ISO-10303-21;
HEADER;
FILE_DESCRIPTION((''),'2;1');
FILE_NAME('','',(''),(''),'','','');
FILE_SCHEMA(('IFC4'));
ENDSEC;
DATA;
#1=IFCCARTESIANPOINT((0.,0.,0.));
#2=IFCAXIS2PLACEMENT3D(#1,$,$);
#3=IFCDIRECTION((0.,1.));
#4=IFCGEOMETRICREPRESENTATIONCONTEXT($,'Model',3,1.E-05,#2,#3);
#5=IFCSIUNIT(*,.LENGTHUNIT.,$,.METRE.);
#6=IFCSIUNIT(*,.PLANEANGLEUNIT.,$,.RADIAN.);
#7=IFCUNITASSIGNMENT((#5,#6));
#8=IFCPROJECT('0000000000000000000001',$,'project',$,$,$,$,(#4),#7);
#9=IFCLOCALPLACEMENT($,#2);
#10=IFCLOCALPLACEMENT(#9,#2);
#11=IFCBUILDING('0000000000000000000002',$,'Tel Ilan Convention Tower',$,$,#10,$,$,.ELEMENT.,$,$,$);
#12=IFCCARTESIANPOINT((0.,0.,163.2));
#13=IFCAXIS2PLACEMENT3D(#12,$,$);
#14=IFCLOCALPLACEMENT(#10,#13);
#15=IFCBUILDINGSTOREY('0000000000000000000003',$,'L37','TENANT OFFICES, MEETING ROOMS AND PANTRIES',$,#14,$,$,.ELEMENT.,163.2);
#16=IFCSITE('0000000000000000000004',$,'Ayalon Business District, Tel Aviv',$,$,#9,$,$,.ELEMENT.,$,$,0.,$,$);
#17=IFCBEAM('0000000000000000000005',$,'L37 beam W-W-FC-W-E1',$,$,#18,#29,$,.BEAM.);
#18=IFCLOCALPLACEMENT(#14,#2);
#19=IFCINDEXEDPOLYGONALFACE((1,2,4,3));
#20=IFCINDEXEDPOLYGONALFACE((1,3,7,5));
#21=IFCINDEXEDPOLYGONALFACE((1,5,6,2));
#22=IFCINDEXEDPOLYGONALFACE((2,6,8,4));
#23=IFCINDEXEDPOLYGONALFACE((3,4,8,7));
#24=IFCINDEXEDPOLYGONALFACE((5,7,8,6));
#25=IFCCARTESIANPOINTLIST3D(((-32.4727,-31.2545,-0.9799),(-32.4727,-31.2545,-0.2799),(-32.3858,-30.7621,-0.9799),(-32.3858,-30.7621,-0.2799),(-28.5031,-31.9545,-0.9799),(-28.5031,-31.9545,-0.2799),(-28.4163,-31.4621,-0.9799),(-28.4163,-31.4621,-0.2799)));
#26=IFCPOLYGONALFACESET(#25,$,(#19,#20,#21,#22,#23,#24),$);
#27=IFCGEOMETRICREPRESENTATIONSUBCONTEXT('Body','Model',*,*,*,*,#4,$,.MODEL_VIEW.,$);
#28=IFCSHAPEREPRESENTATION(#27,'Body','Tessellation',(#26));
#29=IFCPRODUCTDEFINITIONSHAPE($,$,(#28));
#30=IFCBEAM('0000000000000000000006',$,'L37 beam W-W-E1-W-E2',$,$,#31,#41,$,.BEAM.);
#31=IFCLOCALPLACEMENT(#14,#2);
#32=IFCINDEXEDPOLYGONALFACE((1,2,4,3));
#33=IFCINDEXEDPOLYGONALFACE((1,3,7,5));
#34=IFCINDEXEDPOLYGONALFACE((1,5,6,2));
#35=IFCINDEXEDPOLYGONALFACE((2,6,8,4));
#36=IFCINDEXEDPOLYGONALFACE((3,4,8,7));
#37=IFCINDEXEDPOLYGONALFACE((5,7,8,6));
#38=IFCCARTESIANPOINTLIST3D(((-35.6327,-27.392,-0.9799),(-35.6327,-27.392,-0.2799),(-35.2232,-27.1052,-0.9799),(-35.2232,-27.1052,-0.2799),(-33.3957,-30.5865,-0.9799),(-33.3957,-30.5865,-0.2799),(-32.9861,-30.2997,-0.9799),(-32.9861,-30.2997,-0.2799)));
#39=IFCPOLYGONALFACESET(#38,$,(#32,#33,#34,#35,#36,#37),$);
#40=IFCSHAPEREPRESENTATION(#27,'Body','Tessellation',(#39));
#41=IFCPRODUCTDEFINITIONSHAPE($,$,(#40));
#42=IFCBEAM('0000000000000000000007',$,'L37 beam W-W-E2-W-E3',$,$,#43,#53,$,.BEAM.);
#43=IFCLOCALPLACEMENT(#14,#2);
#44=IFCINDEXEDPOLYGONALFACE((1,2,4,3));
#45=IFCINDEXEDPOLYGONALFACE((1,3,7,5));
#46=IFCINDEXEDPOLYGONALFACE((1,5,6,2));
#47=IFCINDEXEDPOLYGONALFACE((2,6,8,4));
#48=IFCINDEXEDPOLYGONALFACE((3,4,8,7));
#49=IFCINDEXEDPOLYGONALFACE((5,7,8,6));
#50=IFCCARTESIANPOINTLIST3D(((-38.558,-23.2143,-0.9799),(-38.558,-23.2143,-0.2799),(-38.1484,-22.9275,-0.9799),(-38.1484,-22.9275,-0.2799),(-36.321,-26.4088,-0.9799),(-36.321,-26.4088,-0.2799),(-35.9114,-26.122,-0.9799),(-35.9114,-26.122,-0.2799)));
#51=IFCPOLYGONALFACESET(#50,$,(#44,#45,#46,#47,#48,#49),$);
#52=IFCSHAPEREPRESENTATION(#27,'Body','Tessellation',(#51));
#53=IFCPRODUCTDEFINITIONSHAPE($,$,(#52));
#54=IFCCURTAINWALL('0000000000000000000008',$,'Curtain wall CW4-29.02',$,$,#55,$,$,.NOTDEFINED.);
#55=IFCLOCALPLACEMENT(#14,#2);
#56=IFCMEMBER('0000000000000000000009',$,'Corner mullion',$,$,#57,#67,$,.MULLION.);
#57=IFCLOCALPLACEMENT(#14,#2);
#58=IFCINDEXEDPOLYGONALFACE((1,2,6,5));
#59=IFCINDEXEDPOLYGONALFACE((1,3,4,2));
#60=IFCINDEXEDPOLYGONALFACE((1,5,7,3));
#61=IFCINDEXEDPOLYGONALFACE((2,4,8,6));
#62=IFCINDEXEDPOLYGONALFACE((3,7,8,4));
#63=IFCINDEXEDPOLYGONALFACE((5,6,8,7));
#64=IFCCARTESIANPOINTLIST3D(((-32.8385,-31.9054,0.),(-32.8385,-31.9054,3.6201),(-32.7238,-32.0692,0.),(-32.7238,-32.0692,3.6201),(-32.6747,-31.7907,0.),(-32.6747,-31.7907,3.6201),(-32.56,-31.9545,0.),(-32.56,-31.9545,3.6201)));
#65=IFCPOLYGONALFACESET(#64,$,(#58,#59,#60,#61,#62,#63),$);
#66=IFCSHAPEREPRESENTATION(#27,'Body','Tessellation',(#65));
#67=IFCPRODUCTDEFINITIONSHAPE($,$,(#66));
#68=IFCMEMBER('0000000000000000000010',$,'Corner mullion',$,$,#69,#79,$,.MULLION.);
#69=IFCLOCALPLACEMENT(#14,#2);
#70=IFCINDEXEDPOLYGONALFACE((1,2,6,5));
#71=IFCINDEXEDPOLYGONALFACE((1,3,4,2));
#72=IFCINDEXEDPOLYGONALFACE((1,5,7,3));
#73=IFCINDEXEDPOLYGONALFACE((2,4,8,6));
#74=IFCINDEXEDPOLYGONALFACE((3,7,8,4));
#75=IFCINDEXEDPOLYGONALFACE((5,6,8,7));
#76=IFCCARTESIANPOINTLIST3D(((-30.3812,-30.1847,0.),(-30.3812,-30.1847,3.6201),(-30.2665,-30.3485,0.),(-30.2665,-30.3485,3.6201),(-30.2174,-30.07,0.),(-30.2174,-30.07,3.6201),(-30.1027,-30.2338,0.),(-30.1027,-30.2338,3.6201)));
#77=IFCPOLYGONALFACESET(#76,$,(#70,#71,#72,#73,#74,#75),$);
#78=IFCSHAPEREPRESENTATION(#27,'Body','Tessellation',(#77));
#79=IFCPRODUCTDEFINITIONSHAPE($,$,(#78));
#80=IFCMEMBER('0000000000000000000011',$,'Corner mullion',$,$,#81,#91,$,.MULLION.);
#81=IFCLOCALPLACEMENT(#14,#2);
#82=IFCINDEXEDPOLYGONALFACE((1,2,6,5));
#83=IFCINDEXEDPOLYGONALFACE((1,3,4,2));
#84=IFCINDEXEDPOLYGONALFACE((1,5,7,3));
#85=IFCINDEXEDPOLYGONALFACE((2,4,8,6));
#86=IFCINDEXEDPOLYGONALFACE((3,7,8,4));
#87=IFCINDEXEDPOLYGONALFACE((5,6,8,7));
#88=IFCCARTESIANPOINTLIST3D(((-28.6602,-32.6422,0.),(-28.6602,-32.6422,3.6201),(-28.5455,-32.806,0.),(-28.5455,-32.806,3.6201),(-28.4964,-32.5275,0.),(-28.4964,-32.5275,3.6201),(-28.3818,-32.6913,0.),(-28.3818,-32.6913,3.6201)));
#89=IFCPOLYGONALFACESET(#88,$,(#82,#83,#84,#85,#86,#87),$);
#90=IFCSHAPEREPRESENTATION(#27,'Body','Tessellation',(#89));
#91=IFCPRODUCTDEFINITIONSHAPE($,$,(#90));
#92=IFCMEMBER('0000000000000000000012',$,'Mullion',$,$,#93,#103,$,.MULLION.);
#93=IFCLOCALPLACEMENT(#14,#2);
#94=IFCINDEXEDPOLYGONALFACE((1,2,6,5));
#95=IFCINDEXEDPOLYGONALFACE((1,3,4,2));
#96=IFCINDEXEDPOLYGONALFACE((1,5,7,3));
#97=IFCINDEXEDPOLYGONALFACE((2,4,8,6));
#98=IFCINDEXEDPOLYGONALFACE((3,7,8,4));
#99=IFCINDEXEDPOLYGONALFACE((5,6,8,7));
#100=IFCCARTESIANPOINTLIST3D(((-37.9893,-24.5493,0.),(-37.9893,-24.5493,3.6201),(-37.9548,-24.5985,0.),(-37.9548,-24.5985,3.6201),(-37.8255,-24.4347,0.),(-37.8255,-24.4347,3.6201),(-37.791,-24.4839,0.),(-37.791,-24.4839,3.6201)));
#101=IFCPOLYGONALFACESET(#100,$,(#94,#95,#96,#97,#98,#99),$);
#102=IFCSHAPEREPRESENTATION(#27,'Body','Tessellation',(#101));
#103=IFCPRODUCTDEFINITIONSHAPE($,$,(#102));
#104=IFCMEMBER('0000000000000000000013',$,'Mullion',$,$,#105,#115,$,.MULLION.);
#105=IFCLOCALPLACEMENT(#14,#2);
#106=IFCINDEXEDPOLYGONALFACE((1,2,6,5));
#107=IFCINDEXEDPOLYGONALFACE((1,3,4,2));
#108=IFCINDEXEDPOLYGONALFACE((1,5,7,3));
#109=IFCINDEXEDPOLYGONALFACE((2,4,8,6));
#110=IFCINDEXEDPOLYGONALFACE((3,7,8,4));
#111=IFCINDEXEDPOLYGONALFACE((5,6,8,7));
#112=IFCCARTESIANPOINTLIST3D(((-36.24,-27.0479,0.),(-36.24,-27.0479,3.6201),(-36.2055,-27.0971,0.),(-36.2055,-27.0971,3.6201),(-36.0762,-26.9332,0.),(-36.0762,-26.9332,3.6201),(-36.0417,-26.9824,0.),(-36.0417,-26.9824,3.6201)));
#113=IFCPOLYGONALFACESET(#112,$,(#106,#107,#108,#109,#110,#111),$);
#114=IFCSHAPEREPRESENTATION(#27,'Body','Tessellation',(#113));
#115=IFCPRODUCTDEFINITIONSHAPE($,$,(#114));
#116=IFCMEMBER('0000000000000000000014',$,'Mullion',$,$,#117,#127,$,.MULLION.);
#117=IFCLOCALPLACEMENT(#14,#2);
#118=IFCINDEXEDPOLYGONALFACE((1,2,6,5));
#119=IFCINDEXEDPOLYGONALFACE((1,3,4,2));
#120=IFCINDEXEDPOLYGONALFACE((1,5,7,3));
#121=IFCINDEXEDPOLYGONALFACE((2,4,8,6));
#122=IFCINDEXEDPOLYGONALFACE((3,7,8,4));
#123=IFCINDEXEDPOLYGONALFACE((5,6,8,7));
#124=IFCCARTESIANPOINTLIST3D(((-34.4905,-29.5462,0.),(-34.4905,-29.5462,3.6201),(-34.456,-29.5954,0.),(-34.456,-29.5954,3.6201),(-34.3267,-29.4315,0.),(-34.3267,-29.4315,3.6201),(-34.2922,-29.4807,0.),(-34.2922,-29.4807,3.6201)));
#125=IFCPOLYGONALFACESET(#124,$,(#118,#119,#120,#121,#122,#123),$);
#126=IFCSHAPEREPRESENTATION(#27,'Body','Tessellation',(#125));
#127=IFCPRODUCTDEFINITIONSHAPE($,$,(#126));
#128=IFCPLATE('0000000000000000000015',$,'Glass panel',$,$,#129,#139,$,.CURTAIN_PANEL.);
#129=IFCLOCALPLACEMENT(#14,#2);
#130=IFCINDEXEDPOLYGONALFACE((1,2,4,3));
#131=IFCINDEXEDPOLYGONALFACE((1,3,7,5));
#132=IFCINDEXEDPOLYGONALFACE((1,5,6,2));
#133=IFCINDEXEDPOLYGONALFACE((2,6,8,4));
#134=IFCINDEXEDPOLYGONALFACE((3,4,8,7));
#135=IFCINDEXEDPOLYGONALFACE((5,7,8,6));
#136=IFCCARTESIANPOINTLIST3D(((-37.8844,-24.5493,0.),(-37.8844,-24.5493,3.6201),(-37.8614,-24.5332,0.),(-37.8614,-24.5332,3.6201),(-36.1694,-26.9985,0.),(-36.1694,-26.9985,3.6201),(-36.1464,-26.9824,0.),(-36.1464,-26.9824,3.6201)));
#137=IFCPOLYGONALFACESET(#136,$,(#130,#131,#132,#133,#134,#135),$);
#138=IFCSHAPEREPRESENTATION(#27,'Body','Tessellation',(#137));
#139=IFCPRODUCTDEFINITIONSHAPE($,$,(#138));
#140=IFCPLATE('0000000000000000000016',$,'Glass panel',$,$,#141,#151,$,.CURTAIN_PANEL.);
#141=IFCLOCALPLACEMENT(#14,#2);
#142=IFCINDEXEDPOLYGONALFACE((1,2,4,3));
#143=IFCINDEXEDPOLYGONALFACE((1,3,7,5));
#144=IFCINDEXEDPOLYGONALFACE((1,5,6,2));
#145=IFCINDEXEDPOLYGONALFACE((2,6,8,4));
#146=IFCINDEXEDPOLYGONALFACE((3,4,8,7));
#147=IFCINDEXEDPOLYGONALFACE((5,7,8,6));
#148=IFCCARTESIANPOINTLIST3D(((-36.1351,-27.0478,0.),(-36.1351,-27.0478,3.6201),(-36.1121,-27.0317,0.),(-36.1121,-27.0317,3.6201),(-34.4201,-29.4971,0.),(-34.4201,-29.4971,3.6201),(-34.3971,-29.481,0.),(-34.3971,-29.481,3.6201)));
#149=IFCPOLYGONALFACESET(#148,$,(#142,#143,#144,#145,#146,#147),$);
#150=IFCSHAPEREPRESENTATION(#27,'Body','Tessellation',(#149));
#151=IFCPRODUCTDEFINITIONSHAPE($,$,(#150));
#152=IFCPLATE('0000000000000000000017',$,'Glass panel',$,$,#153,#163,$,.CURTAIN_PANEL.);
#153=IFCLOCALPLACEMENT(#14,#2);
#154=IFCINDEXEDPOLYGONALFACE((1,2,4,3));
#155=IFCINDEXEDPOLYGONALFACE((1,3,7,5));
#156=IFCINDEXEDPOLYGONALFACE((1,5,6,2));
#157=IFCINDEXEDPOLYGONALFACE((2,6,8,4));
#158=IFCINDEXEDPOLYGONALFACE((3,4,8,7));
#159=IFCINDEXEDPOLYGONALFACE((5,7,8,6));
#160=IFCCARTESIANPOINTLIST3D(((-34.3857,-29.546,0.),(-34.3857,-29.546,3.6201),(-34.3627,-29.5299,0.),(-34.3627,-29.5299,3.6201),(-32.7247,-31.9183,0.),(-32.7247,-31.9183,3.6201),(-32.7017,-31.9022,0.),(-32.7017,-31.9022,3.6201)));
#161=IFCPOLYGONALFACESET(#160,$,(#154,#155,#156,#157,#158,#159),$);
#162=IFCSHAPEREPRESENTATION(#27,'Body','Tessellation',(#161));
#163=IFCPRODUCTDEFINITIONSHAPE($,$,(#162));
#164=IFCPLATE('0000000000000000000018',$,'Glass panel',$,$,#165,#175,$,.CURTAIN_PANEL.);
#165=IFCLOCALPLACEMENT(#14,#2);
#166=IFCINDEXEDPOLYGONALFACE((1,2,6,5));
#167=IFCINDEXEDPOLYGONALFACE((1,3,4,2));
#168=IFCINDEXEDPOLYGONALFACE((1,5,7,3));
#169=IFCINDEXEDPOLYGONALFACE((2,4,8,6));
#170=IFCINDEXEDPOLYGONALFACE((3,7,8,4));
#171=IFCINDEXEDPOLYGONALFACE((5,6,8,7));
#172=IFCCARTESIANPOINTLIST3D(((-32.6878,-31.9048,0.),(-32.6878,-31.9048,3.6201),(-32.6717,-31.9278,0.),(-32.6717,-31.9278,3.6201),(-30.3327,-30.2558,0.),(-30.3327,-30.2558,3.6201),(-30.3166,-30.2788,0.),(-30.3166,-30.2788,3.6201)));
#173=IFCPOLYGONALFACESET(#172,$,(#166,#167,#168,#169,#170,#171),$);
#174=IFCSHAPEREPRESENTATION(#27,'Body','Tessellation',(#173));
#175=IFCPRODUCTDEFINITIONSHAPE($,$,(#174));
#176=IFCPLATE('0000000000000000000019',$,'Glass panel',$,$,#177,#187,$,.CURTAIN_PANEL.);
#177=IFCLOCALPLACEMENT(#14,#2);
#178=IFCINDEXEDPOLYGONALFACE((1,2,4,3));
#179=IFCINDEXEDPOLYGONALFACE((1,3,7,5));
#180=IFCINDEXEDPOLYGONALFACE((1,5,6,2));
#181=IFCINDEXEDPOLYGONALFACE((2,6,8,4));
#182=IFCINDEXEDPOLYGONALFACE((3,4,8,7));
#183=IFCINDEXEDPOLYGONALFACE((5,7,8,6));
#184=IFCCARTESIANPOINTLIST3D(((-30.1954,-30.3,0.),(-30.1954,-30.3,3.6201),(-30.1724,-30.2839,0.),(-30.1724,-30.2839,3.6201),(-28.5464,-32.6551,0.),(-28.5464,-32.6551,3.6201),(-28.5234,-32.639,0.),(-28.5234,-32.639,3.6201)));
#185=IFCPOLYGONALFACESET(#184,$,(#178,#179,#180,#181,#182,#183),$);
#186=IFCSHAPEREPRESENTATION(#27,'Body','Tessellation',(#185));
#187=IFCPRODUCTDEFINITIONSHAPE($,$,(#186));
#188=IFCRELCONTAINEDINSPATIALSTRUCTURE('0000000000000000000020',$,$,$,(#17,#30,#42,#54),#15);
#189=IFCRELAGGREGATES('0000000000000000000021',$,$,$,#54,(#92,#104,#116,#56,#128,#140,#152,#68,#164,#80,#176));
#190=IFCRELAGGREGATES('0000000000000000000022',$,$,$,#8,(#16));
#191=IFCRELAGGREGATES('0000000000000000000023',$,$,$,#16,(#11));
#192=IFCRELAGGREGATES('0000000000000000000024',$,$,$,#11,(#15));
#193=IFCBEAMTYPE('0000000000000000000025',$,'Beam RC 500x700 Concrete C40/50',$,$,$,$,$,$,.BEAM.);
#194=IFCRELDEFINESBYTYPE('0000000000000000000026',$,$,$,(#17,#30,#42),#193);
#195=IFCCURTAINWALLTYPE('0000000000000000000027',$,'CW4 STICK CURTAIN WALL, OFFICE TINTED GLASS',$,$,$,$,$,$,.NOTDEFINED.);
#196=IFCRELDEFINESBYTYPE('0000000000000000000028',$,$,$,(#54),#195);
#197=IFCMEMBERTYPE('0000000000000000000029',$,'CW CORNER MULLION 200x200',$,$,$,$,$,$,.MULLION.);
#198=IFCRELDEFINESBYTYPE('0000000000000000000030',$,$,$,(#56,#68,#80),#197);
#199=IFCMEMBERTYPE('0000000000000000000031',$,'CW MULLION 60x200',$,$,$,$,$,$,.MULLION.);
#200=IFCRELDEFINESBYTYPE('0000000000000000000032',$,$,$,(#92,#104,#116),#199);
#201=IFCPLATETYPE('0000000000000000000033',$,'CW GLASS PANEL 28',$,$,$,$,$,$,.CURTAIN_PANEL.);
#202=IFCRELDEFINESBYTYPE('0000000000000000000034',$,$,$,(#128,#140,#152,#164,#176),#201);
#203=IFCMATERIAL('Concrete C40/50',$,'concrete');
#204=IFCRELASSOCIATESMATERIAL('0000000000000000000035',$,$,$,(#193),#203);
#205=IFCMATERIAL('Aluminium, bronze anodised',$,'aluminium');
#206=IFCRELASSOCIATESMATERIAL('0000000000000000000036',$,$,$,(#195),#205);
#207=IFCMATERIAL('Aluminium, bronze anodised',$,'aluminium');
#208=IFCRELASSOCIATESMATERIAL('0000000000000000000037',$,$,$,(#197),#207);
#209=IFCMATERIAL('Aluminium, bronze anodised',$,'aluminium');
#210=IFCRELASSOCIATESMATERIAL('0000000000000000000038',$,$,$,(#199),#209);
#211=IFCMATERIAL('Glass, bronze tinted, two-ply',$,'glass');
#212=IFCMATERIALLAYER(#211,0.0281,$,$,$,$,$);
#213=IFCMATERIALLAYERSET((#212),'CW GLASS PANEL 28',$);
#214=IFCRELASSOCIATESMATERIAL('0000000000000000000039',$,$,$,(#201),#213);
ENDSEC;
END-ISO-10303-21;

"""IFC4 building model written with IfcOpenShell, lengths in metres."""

from ifc_helpers import new_model, si_unit, direction, frame, origin, origin_2d, place, context, subcontext, project, spatial, rectangle, extrude, material, layer, layer_set, material_profile, profile_set, type_object, element, aggregate, save


model = new_model("IFC4")

# Units and contexts
model_context = context("Model", 3, precision=1e-05, world=origin(), true_north=direction((0.0, 1.0)))
body_context = subcontext(model_context, "Body", "Model", "MODEL_VIEW")
ifc_project = project(units=[si_unit("LENGTHUNIT", "METRE"), si_unit("PLANEANGLEUNIT", "RADIAN")], contexts=[model_context])

# Site, building, storey
site_placement = place(None, origin())
site = spatial("IfcSite", under=ifc_project, at=site_placement, Name="Ayalon Business District, Tel Aviv", CompositionType="ELEMENT", RefElevation=0.0)
building_placement = place(site_placement, origin())
building = spatial("IfcBuilding", under=site, at=building_placement, Name="Tel Ilan Convention Tower", CompositionType="ELEMENT")
storey_placement = place(building_placement, frame((0.0, 0.0, 163.2)))
storey = spatial("IfcBuildingStorey", under=building, at=storey_placement, Name="L37", Description="TENANT OFFICES, MEETING ROOMS AND PANTRIES", CompositionType="ELEMENT", Elevation=163.2)

# Beams
ifc_material_1 = material(Name="Concrete C40/50", Category="concrete")
ifc_material_profile_1 = material_profile(ifc_material_1, rectangle(XDim=0.5, YDim=0.7, at=origin_2d()), Name="RC 500x700")
ifc_profile_set_1 = profile_set([ifc_material_profile_1], Name="Concrete C40/50")
beam_type = type_object("IfcBeamType", Name="Beam RC 500x700 Concrete C40/50", PredefinedType="BEAM", material=ifc_profile_set_1)
beam_placement = place(storey_placement, frame((-28.4597, -31.7083, -0.6299), z_axis=(-0.984807, 0.173654, 0.0), x_axis=(-0.173654, -0.984807, 0.0)))
element("IfcBeam", 1, at=beam_placement, inside=storey, type_object=beam_type, Name="L37 beam W-W-FC-W-E1", PredefinedType="BEAM", context=body_context, shape_type="SweptSolid", body=[
    extrude(rectangle(XDim=0.5, YDim=0.7, at=origin_2d()), origin(), (0.0, 0.0, 1.0), 4.0308),
])
for number, where, z_axis, x_axis, name in (
    (2, (-33.1909, -30.4431, -0.6299), (-0.573609, 0.819129, 0.0), (-0.819129, -0.573609, 0.0), "L37 beam W-W-E1-W-E2"),
    (3, (-36.1162, -26.2654, -0.6299), (-0.573609, 0.819129, 0.0), (-0.819129, -0.573609, 0.0), "L37 beam W-W-E2-W-E3"),
):
    element("IfcBeam", number, at=place(storey_placement, frame(where, z_axis=z_axis, x_axis=x_axis)), inside=storey, type_object=beam_type, Name=name, PredefinedType="BEAM", context=body_context, shape_type="SweptSolid", body=[
        extrude(rectangle(XDim=0.5, YDim=0.7, at=origin_2d()), origin(), (0.0, 0.0, 1.0), 3.8999),
    ])

# Curtain wall, members, plates
ifc_material_2 = material(Name="Aluminium, bronze anodised", Category="aluminium")
curtain_wall_type = type_object("IfcCurtainWallType", Name="CW4 STICK CURTAIN WALL, OFFICE TINTED GLASS", PredefinedType="NOTDEFINED", material=ifc_material_2)
curtain_wall_placement = place(storey_placement, origin())
curtain_wall = element("IfcCurtainWall", 4, at=curtain_wall_placement, inside=storey, type_object=curtain_wall_type, Name="Curtain wall CW4-29.02", PredefinedType="NOTDEFINED")
ifc_material_3 = material(Name="Aluminium, bronze anodised", Category="aluminium")
ifc_material_profile_2 = material_profile(ifc_material_3, rectangle(XDim=0.2, YDim=0.2, at=origin_2d()), Name="CW CORNER MULLION 200x200")
ifc_profile_set_2 = profile_set([ifc_material_profile_2], Name="Aluminium, bronze anodised")
member_type_1 = type_object("IfcMemberType", Name="CW CORNER MULLION 200x200", PredefinedType="MULLION", material=ifc_profile_set_2)
member_1_placement = place(storey_placement, frame((-32.6992, -31.9299, 0.0), z_axis=(0.0, 0.0, 1.0), x_axis=(0.573576, -0.819152, 0.0)))
member_1 = element("IfcMember", 5, at=member_1_placement, type_object=member_type_1, Name="Corner mullion", PredefinedType="MULLION", context=body_context, shape_type="SweptSolid", body=[
    extrude(rectangle(XDim=0.2, YDim=0.2, at=origin_2d()), origin(), (0.0, 0.0, 1.0), 3.6201),
])
member_2_placement = place(storey_placement, frame((-30.2419, -30.2092, 0.0), z_axis=(0.0, 0.0, 1.0), x_axis=(0.819152, 0.573576, 0.0)))
member_2 = element("IfcMember", 6, at=member_2_placement, type_object=member_type_1, Name="Corner mullion", PredefinedType="MULLION", context=body_context, shape_type="SweptSolid", body=[
    extrude(rectangle(XDim=0.2, YDim=0.2, at=origin_2d()), origin(), (0.0, 0.0, 1.0), 3.6201),
])
member_3_placement = place(storey_placement, frame((-28.521, -32.6667, 0.0), z_axis=(0.0, 0.0, 1.0), x_axis=(0.573576, -0.819152, 0.0)))
member_3 = element("IfcMember", 7, at=member_3_placement, type_object=member_type_1, Name="Corner mullion", PredefinedType="MULLION", context=body_context, shape_type="SweptSolid", body=[
    extrude(rectangle(XDim=0.2, YDim=0.2, at=origin_2d()), origin(), (0.0, 0.0, 1.0), 3.6201),
])
ifc_material_4 = material(Name="Aluminium, bronze anodised", Category="aluminium")
ifc_material_profile_3 = material_profile(ifc_material_4, rectangle(XDim=0.0601, YDim=0.2, at=origin_2d()), Name="CW MULLION 60x200")
ifc_profile_set_3 = profile_set([ifc_material_profile_3], Name="Aluminium, bronze anodised")
member_type_2 = type_object("IfcMemberType", Name="CW MULLION 60x200", PredefinedType="MULLION", material=ifc_profile_set_3)
member_4_placement = place(storey_placement, frame((-37.8901, -24.5166, 0.0), z_axis=(0.0, 0.0, 1.0), x_axis=(0.573576, -0.819152, 0.0)))
member_4 = element("IfcMember", 8, at=member_4_placement, type_object=member_type_2, Name="Mullion", PredefinedType="MULLION", context=body_context, shape_type="SweptSolid", body=[
    extrude(rectangle(XDim=0.0601, YDim=0.2, at=origin_2d()), origin(), (0.0, 0.0, 1.0), 3.6201),
])
member_5_placement = place(storey_placement, frame((-36.1409, -27.0151, 0.0), z_axis=(0.0, 0.0, 1.0), x_axis=(0.573576, -0.819152, 0.0)))
member_5 = element("IfcMember", 9, at=member_5_placement, type_object=member_type_2, Name="Mullion", PredefinedType="MULLION", context=body_context, shape_type="SweptSolid", body=[
    extrude(rectangle(XDim=0.0601, YDim=0.2, at=origin_2d()), origin(), (0.0, 0.0, 1.0), 3.6201),
])
member_6_placement = place(storey_placement, frame((-34.3914, -29.5134, 0.0), z_axis=(0.0, 0.0, 1.0), x_axis=(0.573576, -0.819152, 0.0)))
member_6 = element("IfcMember", 10, at=member_6_placement, type_object=member_type_2, Name="Mullion", PredefinedType="MULLION", context=body_context, shape_type="SweptSolid", body=[
    extrude(rectangle(XDim=0.0601, YDim=0.2, at=origin_2d()), origin(), (0.0, 0.0, 1.0), 3.6201),
])
ifc_material_5 = material(Name="Glass, bronze tinted, two-ply", Category="glass")
ifc_layer_1 = layer(ifc_material_5, 0.0281)
ifc_layer_set_1 = layer_set([ifc_layer_1], Name="CW GLASS PANEL 28")
plate_type = type_object("IfcPlateType", Name="CW GLASS PANEL 28", PredefinedType="CURTAIN_PANEL", material=ifc_layer_set_1)
plate_1_placement = place(storey_placement, frame((-37.0154, -25.7659, 0.0), z_axis=(0.0, 0.0, 1.0), x_axis=(0.573576, -0.819152, 0.0)))
plate_1 = element("IfcPlate", 11, at=plate_1_placement, type_object=plate_type, Name="Glass panel", PredefinedType="CURTAIN_PANEL", context=body_context, shape_type="SweptSolid", body=[
    extrude(rectangle(XDim=2.99, YDim=0.0281, at=origin_2d()), origin(), (0.0, 0.0, 1.0), 3.6201),
])
plate_2_placement = place(storey_placement, frame((-35.2661, -28.2644, 0.0), z_axis=(0.0, 0.0, 1.0), x_axis=(0.573576, -0.819152, 0.0)))
plate_2 = element("IfcPlate", 12, at=plate_2_placement, type_object=plate_type, Name="Glass panel", PredefinedType="CURTAIN_PANEL", context=body_context, shape_type="SweptSolid", body=[
    extrude(rectangle(XDim=2.99, YDim=0.0281, at=origin_2d()), origin(), (0.0, 0.0, 1.0), 3.6201),
])
plate_3_placement = place(storey_placement, frame((-33.5437, -30.7241, 0.0), z_axis=(0.0, 0.0, 1.0), x_axis=(0.573576, -0.819152, 0.0)))
plate_3 = element("IfcPlate", 13, at=plate_3_placement, type_object=plate_type, Name="Glass panel", PredefinedType="CURTAIN_PANEL", context=body_context, shape_type="SweptSolid", body=[
    extrude(rectangle(XDim=2.896, YDim=0.0281, at=origin_2d()), origin(), (0.0, 0.0, 1.0), 3.6201),
])
plate_4_placement = place(storey_placement, frame((-31.5022, -31.0918, 0.0), z_axis=(0.0, 0.0, 1.0), x_axis=(0.819152, 0.573576, 0.0)))
plate_4 = element("IfcPlate", 14, at=plate_4_placement, type_object=plate_type, Name="Glass panel", PredefinedType="CURTAIN_PANEL", context=body_context, shape_type="SweptSolid", body=[
    extrude(rectangle(XDim=2.875, YDim=0.0281, at=origin_2d()), origin(), (0.0, 0.0, 1.0), 3.6201),
])
plate_5_placement = place(storey_placement, frame((-29.3594, -31.4695, 0.0), z_axis=(0.0, 0.0, 1.0), x_axis=(0.573576, -0.819152, 0.0)))
plate_5 = element("IfcPlate", 15, at=plate_5_placement, type_object=plate_type, Name="Glass panel", PredefinedType="CURTAIN_PANEL", context=body_context, shape_type="SweptSolid", body=[
    extrude(rectangle(XDim=2.875, YDim=0.0281, at=origin_2d()), origin(), (0.0, 0.0, 1.0), 3.6201),
])
aggregate(curtain_wall, [member_4, member_5, member_6, member_1, plate_1, plate_2, plate_3, member_2, plate_4, member_3, plate_5])

save(model, "model.ifc")
